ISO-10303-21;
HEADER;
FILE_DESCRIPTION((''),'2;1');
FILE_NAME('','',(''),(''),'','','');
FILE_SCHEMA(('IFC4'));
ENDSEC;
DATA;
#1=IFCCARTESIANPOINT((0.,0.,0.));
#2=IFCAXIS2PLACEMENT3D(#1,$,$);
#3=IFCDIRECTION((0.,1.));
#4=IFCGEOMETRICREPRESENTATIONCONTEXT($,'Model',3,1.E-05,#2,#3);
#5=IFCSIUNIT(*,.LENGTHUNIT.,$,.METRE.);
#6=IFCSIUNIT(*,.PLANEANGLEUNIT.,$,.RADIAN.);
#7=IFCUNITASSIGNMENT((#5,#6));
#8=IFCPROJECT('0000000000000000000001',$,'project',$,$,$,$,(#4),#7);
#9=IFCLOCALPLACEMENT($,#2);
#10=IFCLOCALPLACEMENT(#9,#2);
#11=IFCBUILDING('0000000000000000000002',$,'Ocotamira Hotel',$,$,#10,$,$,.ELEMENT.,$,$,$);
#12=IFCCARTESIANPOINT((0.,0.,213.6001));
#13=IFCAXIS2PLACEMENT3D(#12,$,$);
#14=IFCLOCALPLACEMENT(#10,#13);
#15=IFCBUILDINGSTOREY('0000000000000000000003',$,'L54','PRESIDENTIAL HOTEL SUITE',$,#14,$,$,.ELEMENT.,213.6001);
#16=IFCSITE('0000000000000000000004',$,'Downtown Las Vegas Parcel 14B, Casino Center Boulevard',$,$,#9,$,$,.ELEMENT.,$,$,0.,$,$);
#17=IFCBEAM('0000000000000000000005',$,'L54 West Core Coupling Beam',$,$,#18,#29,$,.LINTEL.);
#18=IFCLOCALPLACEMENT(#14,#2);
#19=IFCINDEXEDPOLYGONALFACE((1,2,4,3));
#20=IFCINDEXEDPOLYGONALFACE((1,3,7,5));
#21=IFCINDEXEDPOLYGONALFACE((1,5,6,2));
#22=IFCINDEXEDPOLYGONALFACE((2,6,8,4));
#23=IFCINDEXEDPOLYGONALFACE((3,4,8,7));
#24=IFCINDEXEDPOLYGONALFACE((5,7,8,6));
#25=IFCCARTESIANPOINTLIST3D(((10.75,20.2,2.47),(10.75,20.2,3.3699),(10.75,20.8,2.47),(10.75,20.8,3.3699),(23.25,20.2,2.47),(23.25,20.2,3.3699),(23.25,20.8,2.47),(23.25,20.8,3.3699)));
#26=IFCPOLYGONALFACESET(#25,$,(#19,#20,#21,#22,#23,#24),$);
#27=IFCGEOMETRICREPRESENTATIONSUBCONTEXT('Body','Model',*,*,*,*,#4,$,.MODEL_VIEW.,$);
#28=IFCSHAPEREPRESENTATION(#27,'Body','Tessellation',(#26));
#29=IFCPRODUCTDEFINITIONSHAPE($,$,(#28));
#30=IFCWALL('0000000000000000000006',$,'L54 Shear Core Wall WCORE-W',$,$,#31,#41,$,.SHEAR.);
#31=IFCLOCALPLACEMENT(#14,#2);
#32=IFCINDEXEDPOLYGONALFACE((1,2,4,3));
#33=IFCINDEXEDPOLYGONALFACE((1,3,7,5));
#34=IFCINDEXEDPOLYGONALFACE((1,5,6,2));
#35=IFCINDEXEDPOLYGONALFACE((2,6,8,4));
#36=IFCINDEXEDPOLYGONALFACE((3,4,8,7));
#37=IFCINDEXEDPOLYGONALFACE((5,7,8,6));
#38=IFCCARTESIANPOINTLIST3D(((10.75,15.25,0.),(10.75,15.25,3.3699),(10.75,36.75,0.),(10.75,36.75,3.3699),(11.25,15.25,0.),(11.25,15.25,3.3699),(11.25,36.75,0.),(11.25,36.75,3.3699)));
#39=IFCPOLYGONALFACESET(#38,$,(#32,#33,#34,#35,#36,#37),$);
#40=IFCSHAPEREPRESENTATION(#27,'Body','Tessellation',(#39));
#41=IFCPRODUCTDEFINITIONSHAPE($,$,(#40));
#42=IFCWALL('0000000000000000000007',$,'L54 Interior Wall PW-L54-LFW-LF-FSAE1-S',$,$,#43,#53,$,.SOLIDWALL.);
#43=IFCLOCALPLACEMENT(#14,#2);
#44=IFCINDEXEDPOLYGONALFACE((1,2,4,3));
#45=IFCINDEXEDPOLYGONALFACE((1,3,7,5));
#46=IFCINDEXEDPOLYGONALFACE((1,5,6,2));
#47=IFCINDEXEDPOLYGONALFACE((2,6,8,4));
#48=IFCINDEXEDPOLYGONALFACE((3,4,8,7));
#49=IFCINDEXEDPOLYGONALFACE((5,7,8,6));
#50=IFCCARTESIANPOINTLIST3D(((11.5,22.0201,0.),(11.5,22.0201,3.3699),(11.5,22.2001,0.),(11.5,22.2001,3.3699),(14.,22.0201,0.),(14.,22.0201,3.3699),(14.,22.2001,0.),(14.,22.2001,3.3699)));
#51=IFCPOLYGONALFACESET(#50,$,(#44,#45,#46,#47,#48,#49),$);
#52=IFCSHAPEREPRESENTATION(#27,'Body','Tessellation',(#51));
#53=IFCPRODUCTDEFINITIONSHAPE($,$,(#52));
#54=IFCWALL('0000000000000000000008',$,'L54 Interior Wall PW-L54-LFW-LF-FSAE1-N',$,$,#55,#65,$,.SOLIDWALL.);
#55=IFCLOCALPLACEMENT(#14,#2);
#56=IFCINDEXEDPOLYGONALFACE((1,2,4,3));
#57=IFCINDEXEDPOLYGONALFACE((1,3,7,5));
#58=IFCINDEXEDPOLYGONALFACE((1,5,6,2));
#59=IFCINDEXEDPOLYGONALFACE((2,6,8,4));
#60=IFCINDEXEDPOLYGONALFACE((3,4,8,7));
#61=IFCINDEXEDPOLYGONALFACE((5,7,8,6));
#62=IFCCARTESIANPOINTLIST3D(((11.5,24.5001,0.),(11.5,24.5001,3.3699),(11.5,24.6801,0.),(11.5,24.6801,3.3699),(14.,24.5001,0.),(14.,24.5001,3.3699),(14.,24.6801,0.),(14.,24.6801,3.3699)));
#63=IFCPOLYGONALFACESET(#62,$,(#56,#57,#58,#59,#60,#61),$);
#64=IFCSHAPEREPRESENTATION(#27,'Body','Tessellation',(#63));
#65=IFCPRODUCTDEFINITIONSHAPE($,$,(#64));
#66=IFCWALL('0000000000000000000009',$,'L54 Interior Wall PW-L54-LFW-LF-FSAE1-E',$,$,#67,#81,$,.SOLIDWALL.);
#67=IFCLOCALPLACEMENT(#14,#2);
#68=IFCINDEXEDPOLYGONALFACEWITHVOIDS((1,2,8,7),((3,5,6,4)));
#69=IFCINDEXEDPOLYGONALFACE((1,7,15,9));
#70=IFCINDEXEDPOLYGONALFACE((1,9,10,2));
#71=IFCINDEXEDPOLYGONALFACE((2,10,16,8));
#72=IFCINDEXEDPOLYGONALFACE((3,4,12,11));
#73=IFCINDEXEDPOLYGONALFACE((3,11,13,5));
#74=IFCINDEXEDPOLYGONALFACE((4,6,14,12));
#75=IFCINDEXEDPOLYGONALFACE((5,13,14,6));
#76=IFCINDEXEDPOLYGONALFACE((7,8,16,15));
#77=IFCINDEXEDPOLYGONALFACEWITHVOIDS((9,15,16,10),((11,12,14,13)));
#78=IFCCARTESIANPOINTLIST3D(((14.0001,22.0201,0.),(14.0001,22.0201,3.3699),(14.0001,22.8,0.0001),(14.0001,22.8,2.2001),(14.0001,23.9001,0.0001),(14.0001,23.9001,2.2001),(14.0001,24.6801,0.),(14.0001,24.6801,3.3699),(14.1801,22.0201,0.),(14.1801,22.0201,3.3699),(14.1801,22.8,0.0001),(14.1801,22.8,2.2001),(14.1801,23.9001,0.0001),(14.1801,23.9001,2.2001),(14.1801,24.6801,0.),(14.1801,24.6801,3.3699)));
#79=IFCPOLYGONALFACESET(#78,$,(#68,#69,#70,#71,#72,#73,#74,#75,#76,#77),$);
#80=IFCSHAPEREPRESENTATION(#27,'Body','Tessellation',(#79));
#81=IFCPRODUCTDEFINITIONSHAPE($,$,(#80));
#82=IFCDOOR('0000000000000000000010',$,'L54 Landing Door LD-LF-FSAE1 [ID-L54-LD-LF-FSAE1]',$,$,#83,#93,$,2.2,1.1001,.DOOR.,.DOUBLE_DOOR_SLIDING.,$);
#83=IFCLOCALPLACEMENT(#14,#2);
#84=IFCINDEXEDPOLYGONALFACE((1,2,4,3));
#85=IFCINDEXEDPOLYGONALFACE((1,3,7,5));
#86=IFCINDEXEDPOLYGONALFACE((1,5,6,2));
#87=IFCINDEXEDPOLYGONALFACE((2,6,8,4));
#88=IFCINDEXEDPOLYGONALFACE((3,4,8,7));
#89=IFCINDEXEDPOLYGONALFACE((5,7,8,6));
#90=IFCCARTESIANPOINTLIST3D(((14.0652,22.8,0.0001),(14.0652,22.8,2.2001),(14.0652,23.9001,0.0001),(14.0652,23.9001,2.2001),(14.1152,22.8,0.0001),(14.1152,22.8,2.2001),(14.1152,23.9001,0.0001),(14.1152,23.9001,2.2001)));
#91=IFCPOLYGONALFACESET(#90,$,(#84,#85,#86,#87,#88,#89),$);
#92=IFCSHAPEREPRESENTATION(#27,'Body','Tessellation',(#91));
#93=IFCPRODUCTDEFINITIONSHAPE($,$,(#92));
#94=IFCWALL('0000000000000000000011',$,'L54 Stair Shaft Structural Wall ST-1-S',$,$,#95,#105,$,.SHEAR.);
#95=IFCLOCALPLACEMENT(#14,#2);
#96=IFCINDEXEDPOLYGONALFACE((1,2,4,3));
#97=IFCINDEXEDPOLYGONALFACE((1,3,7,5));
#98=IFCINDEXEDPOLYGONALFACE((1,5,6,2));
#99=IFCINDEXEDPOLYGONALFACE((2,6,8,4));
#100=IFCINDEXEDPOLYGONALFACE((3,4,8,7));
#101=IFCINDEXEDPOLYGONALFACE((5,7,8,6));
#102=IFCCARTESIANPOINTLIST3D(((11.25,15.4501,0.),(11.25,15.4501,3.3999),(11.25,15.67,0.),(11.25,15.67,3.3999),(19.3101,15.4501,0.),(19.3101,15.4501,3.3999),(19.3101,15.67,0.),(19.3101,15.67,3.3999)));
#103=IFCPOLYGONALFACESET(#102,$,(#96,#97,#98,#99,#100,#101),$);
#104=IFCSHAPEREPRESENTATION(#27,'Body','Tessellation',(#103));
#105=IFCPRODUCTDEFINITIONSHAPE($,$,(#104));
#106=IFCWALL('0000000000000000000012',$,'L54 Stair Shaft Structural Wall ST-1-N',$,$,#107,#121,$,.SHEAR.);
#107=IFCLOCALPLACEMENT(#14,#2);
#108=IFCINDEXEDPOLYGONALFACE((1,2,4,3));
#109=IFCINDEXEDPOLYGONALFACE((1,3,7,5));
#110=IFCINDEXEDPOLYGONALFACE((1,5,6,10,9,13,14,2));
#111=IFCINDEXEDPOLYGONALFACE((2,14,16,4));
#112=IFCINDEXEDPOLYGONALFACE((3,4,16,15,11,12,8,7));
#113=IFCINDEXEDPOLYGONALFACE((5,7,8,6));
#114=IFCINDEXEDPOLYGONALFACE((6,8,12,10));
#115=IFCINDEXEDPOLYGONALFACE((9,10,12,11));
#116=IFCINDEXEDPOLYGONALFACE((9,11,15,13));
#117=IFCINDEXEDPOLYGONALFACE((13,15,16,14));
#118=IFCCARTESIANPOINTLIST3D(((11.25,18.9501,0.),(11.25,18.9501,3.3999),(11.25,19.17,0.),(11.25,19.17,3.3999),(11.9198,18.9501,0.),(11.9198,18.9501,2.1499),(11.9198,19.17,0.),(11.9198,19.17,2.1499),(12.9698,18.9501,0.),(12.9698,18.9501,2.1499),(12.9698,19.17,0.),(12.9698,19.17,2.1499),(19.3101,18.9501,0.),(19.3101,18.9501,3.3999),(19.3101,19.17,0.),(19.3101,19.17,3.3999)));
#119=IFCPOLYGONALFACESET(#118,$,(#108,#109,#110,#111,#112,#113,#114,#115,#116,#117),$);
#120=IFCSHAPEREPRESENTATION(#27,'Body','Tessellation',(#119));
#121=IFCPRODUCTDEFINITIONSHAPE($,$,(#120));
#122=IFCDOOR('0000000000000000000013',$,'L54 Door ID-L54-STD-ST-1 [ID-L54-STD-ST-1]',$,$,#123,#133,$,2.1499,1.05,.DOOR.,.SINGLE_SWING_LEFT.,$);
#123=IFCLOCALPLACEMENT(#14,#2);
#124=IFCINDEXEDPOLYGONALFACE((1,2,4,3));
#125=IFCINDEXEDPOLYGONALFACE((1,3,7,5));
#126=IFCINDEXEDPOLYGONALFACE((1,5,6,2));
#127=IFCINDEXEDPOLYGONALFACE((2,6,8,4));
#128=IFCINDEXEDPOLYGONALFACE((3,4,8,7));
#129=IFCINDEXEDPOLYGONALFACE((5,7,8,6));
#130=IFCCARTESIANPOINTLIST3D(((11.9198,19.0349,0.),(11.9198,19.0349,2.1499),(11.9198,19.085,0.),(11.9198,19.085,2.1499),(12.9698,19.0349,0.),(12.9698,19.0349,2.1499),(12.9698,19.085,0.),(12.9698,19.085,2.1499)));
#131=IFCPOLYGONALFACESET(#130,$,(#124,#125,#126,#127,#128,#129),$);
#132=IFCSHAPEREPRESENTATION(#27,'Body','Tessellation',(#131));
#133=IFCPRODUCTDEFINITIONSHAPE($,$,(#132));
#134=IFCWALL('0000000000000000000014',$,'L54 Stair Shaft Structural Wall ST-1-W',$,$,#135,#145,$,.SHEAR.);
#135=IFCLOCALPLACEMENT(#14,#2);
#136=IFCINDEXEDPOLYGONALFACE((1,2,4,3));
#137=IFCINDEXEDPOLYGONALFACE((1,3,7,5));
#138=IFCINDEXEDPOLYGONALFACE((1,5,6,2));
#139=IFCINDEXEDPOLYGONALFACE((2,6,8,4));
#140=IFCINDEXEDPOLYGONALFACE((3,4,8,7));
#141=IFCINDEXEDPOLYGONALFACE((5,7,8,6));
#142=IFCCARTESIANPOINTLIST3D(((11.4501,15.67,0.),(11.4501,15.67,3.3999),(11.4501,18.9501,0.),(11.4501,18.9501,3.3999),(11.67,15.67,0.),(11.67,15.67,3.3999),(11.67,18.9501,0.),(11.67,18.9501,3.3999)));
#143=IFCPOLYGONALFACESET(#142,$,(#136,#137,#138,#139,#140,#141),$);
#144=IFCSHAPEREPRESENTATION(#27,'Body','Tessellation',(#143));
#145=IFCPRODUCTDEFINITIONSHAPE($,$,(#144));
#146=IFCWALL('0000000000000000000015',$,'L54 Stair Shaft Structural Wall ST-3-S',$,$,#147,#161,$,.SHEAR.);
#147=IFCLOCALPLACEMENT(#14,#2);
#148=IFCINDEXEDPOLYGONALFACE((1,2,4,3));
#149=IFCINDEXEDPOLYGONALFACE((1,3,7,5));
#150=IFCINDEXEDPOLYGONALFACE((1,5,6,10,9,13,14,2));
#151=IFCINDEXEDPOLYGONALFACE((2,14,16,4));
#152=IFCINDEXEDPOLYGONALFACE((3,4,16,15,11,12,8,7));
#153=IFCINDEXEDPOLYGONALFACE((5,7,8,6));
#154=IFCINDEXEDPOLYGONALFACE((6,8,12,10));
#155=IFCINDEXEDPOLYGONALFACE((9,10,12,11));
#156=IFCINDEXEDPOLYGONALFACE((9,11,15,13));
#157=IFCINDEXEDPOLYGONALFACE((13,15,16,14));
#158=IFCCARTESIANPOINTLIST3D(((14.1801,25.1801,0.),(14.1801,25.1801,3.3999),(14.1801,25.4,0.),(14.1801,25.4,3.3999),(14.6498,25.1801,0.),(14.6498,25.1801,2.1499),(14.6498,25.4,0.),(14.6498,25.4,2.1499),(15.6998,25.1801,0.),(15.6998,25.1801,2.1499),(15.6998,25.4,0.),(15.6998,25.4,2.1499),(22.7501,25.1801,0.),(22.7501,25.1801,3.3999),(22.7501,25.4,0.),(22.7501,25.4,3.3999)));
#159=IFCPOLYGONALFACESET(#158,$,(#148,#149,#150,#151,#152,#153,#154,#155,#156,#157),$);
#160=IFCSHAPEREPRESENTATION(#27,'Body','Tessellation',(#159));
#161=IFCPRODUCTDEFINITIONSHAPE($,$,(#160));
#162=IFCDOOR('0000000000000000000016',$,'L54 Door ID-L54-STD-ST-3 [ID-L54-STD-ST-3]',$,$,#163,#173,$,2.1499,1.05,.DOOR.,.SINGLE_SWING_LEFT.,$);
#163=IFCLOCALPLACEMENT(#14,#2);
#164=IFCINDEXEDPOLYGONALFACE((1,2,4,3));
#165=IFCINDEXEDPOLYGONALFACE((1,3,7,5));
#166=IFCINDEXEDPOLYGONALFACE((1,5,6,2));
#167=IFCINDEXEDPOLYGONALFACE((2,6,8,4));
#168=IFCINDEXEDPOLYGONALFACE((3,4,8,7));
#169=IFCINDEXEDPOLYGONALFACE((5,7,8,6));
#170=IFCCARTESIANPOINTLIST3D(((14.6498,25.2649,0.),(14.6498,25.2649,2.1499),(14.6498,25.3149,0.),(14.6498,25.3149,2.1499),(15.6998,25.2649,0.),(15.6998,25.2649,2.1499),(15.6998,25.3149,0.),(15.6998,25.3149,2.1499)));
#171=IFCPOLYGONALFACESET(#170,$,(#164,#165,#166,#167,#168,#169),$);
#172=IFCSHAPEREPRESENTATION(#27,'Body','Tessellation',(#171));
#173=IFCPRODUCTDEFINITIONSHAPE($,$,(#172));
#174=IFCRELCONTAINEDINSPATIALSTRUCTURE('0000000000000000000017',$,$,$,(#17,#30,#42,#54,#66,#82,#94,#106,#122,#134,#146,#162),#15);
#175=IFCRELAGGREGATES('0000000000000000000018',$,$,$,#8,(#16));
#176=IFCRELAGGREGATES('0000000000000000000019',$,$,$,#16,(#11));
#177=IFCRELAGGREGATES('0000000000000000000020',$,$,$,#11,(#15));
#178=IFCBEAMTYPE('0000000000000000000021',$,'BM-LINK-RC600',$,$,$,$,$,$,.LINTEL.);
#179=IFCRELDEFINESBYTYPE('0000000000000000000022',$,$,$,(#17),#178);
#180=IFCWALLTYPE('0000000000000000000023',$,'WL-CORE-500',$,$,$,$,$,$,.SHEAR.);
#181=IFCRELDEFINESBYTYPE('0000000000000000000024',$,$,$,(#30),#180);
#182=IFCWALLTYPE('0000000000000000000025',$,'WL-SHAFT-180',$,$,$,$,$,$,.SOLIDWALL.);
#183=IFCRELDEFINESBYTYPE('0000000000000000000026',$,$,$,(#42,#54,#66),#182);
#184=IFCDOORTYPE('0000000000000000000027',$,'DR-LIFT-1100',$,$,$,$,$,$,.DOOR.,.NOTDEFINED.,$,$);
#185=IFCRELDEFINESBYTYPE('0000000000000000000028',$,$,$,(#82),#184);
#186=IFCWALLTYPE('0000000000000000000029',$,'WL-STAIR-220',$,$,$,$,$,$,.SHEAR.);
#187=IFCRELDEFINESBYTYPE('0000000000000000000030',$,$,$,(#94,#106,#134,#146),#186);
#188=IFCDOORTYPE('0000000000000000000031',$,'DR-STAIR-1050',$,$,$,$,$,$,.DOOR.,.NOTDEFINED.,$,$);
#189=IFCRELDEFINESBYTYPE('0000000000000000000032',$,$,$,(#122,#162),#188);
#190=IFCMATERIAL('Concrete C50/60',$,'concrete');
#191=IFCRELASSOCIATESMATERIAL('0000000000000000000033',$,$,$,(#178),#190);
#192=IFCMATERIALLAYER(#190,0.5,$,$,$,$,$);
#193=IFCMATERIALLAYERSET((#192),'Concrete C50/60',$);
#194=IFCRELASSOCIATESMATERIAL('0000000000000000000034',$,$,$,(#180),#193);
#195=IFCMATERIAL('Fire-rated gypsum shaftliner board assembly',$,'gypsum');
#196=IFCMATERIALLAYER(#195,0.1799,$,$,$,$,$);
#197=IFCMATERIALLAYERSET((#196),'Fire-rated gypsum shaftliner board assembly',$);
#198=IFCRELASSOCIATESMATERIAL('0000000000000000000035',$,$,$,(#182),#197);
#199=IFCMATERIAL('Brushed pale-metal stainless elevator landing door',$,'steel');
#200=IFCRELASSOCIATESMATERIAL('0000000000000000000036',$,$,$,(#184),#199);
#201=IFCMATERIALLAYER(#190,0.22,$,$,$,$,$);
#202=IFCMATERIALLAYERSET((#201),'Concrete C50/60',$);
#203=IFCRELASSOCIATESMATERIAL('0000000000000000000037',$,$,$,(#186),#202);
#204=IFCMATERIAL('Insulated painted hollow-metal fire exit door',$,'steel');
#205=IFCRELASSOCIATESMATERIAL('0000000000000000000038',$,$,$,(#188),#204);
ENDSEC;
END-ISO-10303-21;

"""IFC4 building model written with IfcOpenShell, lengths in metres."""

from ifc_helpers import new_model, si_unit, direction, frame, frame_2d, origin, origin_2d, place, context, subcontext, project, spatial, rectangle, extrude, source, transform, mapped, material, layer, layer_set, material_profile, profile_set, type_object, element, fill, save


model = new_model("IFC4")

# Units and contexts
model_context = context("Model", 3, precision=1e-05, world=origin(), true_north=direction((0.0, 1.0)))
body_context = subcontext(model_context, "Body", "Model", "MODEL_VIEW")
ifc_project = project(units=[si_unit("LENGTHUNIT", "METRE"), si_unit("PLANEANGLEUNIT", "RADIAN")], contexts=[model_context])

# Site, building, storey
site_placement = place(None, origin())
site = spatial("IfcSite", under=ifc_project, at=site_placement, Name="Downtown Las Vegas Parcel 14B, Casino Center Boulevard", CompositionType="ELEMENT", RefElevation=0.0)
building_placement = place(site_placement, origin())
building = spatial("IfcBuilding", under=site, at=building_placement, Name="Ocotamira Hotel", CompositionType="ELEMENT")
storey_placement = place(building_placement, frame((0.0, 0.0, 213.6001)))
storey = spatial("IfcBuildingStorey", under=building, at=storey_placement, Name="L54", Description="PRESIDENTIAL HOTEL SUITE", CompositionType="ELEMENT", Elevation=213.6001)

# Beam
ifc_material_1 = material(Name="Concrete C50/60", Category="concrete")
ifc_material_profile = material_profile(ifc_material_1, rectangle(XDim=0.6001, YDim=0.8999, at=origin_2d()), Name="RC600X900")
ifc_profile_set = profile_set([ifc_material_profile], Name="Concrete C50/60")
beam_type = type_object("IfcBeamType", Name="BM-LINK-RC600", PredefinedType="LINTEL", material=ifc_profile_set)
shared_shape_1 = source(origin(), body_context, "Body", "SweptSolid", [
    extrude(rectangle(XDim=0.6001, YDim=0.8999, at=origin_2d()), origin(), (0.0, 0.0, 1.0), 12.5),
])
beam_placement = place(storey_placement, frame((10.75, 20.5, 2.9199), z_axis=(1.0, 0.0, 0.0), x_axis=(0.0, 1.0, 0.0)))
element("IfcBeam", 1, at=beam_placement, inside=storey, type_object=beam_type, Name="L54 West Core Coupling Beam", PredefinedType="LINTEL", context=body_context, shape_type="MappedRepresentation", body=[
    mapped(shared_shape_1, transform((0.0, 0.0, 0.0), scale=1.0)),
])

# Shared definitions
ifc_layer_1 = layer(ifc_material_1, 0.5)
ifc_layer_set_1 = layer_set([ifc_layer_1], Name="Concrete C50/60")
wall_type_1 = type_object("IfcWallType", Name="WL-CORE-500", PredefinedType="SHEAR", material=ifc_layer_set_1)

# Wall
wall_1_placement = place(storey_placement, frame((11.0, 15.25, 0.0), z_axis=(0.0, 0.0, 1.0), x_axis=(0.0, 1.0, 0.0)))
element("IfcWall", 2, at=wall_1_placement, inside=storey, type_object=wall_type_1, Name="L54 Shear Core Wall WCORE-W", PredefinedType="SHEAR", context=body_context, shape_type="SweptSolid", body=[
    extrude(rectangle(XDim=21.5, YDim=0.5, at=frame_2d((10.75, 0.0))), origin(), (0.0, 0.0, 1.0), 3.3699),
])

# Walls
ifc_material_2 = material(Name="Fire-rated gypsum shaftliner board assembly", Category="gypsum")
ifc_layer_2 = layer(ifc_material_2, 0.1799)
ifc_layer_set_2 = layer_set([ifc_layer_2], Name="Fire-rated gypsum shaftliner board assembly")
wall_type_2 = type_object("IfcWallType", Name="WL-SHAFT-180", PredefinedType="SOLIDWALL", material=ifc_layer_set_2)
for number, where, z_axis, x_axis, name in (
    (3, (11.5, 22.1101, 0.0), (0.0, 0.0, 1.0), (1.0, 0.0, 0.0), "L54 Interior Wall PW-L54-LFW-LF-FSAE1-S"),
    (4, (11.5, 24.5901, 0.0), (0.0, 0.0, 1.0), (1.0, 0.0, 0.0), "L54 Interior Wall PW-L54-LFW-LF-FSAE1-N"),
):
    element("IfcWall", number, at=place(storey_placement, frame(where, z_axis=z_axis, x_axis=x_axis)), inside=storey, type_object=wall_type_2, Name=name, PredefinedType="SOLIDWALL", context=body_context, shape_type="SweptSolid", body=[
        extrude(rectangle(XDim=2.5, YDim=0.1799, at=frame_2d((1.25, 0.0))), origin(), (0.0, 0.0, 1.0), 3.3699),
    ])

# Wall, opening, door
wall_2_placement = place(storey_placement, frame((14.0901, 22.02, 0.0), z_axis=(0.0, 0.0, 1.0), x_axis=(0.0, 1.0, 0.0)))
wall_2 = element("IfcWall", 5, at=wall_2_placement, inside=storey, type_object=wall_type_2, Name="L54 Interior Wall PW-L54-LFW-LF-FSAE1-E", PredefinedType="SOLIDWALL", context=body_context, shape_type="SweptSolid", body=[
    extrude(rectangle(XDim=2.6599, YDim=0.1799, at=frame_2d((1.3301, 0.0))), origin(), (0.0, 0.0, 1.0), 3.3699),
])
opening_1_placement = place(wall_2_placement, frame((0.78, 0.0, 0.0)))
opening_1 = element("IfcOpeningElement", 6, at=opening_1_placement, cuts=wall_2, PredefinedType="OPENING", context=body_context, shape_type="SweptSolid", body=[
    extrude(rectangle(XDim=1.1001, YDim=2.2, at=frame_2d((0.55, 1.1001))), frame((0.0, 0.1001, 0.0), z_axis=(0.0, -1.0, 0.0), x_axis=(1.0, 0.0, 0.0)), (0.0, 0.0, 1.0), 0.2),
])
ifc_material_3 = material(Name="Brushed pale-metal stainless elevator landing door", Category="steel")
door_type_1 = type_object("IfcDoorType", Name="DR-LIFT-1100", OperationType="NOTDEFINED", PredefinedType="DOOR", material=ifc_material_3)
shared_shape_2 = source(origin(), body_context, "Body", "SweptSolid", [
    extrude(rectangle(XDim=1.1001, YDim=2.2, at=frame_2d((0.55, 1.1001))), frame((0.0, 0.0249, 0.0), z_axis=(0.0, -1.0, 0.0), x_axis=(1.0, 0.0, 0.0)), (0.0, 0.0, 1.0), 0.05),
])
door_1_placement = place(opening_1_placement, origin())
door_1 = element("IfcDoor", 7, at=door_1_placement, inside=storey, type_object=door_type_1, Name="L54 Landing Door LD-LF-FSAE1 [ID-L54-LD-LF-FSAE1]", OperationType="DOUBLE_DOOR_SLIDING", OverallHeight=2.2, OverallWidth=1.1001, PredefinedType="DOOR", context=body_context, shape_type="MappedRepresentation", body=[
    mapped(shared_shape_2, transform((0.0, 0.0, 0.0), scale=1.0)),
])
fill(opening_1, door_1)

# Wall
ifc_layer_3 = layer(ifc_material_1, 0.22)
ifc_layer_set_3 = layer_set([ifc_layer_3], Name="Concrete C50/60")
wall_type_3 = type_object("IfcWallType", Name="WL-STAIR-220", PredefinedType="SHEAR", material=ifc_layer_set_3)
wall_3_placement = place(storey_placement, frame((11.25, 15.5601, 0.0), z_axis=(0.0, 0.0, 1.0), x_axis=(1.0, 0.0, 0.0)))
element("IfcWall", 8, at=wall_3_placement, inside=storey, type_object=wall_type_3, Name="L54 Stair Shaft Structural Wall ST-1-S", PredefinedType="SHEAR", context=body_context, shape_type="SweptSolid", body=[
    extrude(rectangle(XDim=8.0601, YDim=0.22, at=frame_2d((4.03, 0.0))), origin(), (0.0, 0.0, 1.0), 3.3999),
])

# Wall, opening, door
wall_4_placement = place(storey_placement, frame((11.25, 19.0601, 0.0), z_axis=(0.0, 0.0, 1.0), x_axis=(1.0, 0.0, 0.0)))
wall_4 = element("IfcWall", 9, at=wall_4_placement, inside=storey, type_object=wall_type_3, Name="L54 Stair Shaft Structural Wall ST-1-N", PredefinedType="SHEAR", context=body_context, shape_type="SweptSolid", body=[
    extrude(rectangle(XDim=8.0601, YDim=0.22, at=frame_2d((4.03, 0.0))), origin(), (0.0, 0.0, 1.0), 3.3999),
])
opening_2_placement = place(wall_4_placement, frame((0.6699, 0.0, 0.0)))
opening_2 = element("IfcOpeningElement", 10, at=opening_2_placement, cuts=wall_4, PredefinedType="OPENING", context=body_context, shape_type="SweptSolid", body=[
    extrude(rectangle(XDim=1.05, YDim=2.1499, at=frame_2d((0.5249, 1.075))), frame((0.0, 0.1201, 0.0), z_axis=(0.0, -1.0, 0.0), x_axis=(1.0, 0.0, 0.0)), (0.0, 0.0, 1.0), 0.24),
])
ifc_material_4 = material(Name="Insulated painted hollow-metal fire exit door", Category="steel")
door_type_2 = type_object("IfcDoorType", Name="DR-STAIR-1050", OperationType="NOTDEFINED", PredefinedType="DOOR", material=ifc_material_4)
shared_shape_3 = source(origin(), body_context, "Body", "SweptSolid", [
    extrude(rectangle(XDim=1.05, YDim=2.1499, at=frame_2d((0.5249, 1.075))), frame((0.0, 0.0249, 0.0), z_axis=(0.0, -1.0, 0.0), x_axis=(1.0, 0.0, 0.0)), (0.0, 0.0, 1.0), 0.05),
])
door_2_placement = place(opening_2_placement, origin())
door_2 = element("IfcDoor", 11, at=door_2_placement, inside=storey, type_object=door_type_2, Name="L54 Door ID-L54-STD-ST-1 [ID-L54-STD-ST-1]", OperationType="SINGLE_SWING_LEFT", OverallHeight=2.1499, OverallWidth=1.05, PredefinedType="DOOR", context=body_context, shape_type="MappedRepresentation", body=[
    mapped(shared_shape_3, transform((0.0, 0.0, 0.0), scale=1.0)),
])
fill(opening_2, door_2)

# Wall
wall_5_placement = place(storey_placement, frame((11.5601, 15.6699, 0.0), z_axis=(0.0, 0.0, 1.0), x_axis=(0.0, 1.0, 0.0)))
element("IfcWall", 12, at=wall_5_placement, inside=storey, type_object=wall_type_3, Name="L54 Stair Shaft Structural Wall ST-1-W", PredefinedType="SHEAR", context=body_context, shape_type="SweptSolid", body=[
    extrude(rectangle(XDim=3.28, YDim=0.22, at=frame_2d((1.6401, 0.0))), origin(), (0.0, 0.0, 1.0), 3.3999),
])

# Wall, opening, door
wall_6_placement = place(storey_placement, frame((14.1799, 25.29, 0.0), z_axis=(0.0, 0.0, 1.0), x_axis=(1.0, 0.0, 0.0)))
wall_6 = element("IfcWall", 13, at=wall_6_placement, inside=storey, type_object=wall_type_3, Name="L54 Stair Shaft Structural Wall ST-3-S", PredefinedType="SHEAR", context=body_context, shape_type="SweptSolid", body=[
    extrude(rectangle(XDim=8.5701, YDim=0.22, at=frame_2d((4.2852, 0.0))), origin(), (0.0, 0.0, 1.0), 3.3999),
])
opening_3_placement = place(wall_6_placement, frame((0.47, 0.0, 0.0)))
opening_3 = element("IfcOpeningElement", 14, at=opening_3_placement, cuts=wall_6, PredefinedType="OPENING", context=body_context, shape_type="SweptSolid", body=[
    extrude(rectangle(XDim=1.05, YDim=2.1499, at=frame_2d((0.5249, 1.075))), frame((0.0, 0.1201, 0.0), z_axis=(0.0, -1.0, 0.0), x_axis=(1.0, 0.0, 0.0)), (0.0, 0.0, 1.0), 0.24),
])
door_3_placement = place(opening_3_placement, origin())
door_3 = element("IfcDoor", 15, at=door_3_placement, inside=storey, type_object=door_type_2, Name="L54 Door ID-L54-STD-ST-3 [ID-L54-STD-ST-3]", OperationType="SINGLE_SWING_LEFT", OverallHeight=2.1499, OverallWidth=1.05, PredefinedType="DOOR", context=body_context, shape_type="MappedRepresentation", body=[
    mapped(shared_shape_3, transform((0.0, 0.0, 0.0), scale=1.0)),
])
fill(opening_3, door_3)

save(model, "model.ifc")
